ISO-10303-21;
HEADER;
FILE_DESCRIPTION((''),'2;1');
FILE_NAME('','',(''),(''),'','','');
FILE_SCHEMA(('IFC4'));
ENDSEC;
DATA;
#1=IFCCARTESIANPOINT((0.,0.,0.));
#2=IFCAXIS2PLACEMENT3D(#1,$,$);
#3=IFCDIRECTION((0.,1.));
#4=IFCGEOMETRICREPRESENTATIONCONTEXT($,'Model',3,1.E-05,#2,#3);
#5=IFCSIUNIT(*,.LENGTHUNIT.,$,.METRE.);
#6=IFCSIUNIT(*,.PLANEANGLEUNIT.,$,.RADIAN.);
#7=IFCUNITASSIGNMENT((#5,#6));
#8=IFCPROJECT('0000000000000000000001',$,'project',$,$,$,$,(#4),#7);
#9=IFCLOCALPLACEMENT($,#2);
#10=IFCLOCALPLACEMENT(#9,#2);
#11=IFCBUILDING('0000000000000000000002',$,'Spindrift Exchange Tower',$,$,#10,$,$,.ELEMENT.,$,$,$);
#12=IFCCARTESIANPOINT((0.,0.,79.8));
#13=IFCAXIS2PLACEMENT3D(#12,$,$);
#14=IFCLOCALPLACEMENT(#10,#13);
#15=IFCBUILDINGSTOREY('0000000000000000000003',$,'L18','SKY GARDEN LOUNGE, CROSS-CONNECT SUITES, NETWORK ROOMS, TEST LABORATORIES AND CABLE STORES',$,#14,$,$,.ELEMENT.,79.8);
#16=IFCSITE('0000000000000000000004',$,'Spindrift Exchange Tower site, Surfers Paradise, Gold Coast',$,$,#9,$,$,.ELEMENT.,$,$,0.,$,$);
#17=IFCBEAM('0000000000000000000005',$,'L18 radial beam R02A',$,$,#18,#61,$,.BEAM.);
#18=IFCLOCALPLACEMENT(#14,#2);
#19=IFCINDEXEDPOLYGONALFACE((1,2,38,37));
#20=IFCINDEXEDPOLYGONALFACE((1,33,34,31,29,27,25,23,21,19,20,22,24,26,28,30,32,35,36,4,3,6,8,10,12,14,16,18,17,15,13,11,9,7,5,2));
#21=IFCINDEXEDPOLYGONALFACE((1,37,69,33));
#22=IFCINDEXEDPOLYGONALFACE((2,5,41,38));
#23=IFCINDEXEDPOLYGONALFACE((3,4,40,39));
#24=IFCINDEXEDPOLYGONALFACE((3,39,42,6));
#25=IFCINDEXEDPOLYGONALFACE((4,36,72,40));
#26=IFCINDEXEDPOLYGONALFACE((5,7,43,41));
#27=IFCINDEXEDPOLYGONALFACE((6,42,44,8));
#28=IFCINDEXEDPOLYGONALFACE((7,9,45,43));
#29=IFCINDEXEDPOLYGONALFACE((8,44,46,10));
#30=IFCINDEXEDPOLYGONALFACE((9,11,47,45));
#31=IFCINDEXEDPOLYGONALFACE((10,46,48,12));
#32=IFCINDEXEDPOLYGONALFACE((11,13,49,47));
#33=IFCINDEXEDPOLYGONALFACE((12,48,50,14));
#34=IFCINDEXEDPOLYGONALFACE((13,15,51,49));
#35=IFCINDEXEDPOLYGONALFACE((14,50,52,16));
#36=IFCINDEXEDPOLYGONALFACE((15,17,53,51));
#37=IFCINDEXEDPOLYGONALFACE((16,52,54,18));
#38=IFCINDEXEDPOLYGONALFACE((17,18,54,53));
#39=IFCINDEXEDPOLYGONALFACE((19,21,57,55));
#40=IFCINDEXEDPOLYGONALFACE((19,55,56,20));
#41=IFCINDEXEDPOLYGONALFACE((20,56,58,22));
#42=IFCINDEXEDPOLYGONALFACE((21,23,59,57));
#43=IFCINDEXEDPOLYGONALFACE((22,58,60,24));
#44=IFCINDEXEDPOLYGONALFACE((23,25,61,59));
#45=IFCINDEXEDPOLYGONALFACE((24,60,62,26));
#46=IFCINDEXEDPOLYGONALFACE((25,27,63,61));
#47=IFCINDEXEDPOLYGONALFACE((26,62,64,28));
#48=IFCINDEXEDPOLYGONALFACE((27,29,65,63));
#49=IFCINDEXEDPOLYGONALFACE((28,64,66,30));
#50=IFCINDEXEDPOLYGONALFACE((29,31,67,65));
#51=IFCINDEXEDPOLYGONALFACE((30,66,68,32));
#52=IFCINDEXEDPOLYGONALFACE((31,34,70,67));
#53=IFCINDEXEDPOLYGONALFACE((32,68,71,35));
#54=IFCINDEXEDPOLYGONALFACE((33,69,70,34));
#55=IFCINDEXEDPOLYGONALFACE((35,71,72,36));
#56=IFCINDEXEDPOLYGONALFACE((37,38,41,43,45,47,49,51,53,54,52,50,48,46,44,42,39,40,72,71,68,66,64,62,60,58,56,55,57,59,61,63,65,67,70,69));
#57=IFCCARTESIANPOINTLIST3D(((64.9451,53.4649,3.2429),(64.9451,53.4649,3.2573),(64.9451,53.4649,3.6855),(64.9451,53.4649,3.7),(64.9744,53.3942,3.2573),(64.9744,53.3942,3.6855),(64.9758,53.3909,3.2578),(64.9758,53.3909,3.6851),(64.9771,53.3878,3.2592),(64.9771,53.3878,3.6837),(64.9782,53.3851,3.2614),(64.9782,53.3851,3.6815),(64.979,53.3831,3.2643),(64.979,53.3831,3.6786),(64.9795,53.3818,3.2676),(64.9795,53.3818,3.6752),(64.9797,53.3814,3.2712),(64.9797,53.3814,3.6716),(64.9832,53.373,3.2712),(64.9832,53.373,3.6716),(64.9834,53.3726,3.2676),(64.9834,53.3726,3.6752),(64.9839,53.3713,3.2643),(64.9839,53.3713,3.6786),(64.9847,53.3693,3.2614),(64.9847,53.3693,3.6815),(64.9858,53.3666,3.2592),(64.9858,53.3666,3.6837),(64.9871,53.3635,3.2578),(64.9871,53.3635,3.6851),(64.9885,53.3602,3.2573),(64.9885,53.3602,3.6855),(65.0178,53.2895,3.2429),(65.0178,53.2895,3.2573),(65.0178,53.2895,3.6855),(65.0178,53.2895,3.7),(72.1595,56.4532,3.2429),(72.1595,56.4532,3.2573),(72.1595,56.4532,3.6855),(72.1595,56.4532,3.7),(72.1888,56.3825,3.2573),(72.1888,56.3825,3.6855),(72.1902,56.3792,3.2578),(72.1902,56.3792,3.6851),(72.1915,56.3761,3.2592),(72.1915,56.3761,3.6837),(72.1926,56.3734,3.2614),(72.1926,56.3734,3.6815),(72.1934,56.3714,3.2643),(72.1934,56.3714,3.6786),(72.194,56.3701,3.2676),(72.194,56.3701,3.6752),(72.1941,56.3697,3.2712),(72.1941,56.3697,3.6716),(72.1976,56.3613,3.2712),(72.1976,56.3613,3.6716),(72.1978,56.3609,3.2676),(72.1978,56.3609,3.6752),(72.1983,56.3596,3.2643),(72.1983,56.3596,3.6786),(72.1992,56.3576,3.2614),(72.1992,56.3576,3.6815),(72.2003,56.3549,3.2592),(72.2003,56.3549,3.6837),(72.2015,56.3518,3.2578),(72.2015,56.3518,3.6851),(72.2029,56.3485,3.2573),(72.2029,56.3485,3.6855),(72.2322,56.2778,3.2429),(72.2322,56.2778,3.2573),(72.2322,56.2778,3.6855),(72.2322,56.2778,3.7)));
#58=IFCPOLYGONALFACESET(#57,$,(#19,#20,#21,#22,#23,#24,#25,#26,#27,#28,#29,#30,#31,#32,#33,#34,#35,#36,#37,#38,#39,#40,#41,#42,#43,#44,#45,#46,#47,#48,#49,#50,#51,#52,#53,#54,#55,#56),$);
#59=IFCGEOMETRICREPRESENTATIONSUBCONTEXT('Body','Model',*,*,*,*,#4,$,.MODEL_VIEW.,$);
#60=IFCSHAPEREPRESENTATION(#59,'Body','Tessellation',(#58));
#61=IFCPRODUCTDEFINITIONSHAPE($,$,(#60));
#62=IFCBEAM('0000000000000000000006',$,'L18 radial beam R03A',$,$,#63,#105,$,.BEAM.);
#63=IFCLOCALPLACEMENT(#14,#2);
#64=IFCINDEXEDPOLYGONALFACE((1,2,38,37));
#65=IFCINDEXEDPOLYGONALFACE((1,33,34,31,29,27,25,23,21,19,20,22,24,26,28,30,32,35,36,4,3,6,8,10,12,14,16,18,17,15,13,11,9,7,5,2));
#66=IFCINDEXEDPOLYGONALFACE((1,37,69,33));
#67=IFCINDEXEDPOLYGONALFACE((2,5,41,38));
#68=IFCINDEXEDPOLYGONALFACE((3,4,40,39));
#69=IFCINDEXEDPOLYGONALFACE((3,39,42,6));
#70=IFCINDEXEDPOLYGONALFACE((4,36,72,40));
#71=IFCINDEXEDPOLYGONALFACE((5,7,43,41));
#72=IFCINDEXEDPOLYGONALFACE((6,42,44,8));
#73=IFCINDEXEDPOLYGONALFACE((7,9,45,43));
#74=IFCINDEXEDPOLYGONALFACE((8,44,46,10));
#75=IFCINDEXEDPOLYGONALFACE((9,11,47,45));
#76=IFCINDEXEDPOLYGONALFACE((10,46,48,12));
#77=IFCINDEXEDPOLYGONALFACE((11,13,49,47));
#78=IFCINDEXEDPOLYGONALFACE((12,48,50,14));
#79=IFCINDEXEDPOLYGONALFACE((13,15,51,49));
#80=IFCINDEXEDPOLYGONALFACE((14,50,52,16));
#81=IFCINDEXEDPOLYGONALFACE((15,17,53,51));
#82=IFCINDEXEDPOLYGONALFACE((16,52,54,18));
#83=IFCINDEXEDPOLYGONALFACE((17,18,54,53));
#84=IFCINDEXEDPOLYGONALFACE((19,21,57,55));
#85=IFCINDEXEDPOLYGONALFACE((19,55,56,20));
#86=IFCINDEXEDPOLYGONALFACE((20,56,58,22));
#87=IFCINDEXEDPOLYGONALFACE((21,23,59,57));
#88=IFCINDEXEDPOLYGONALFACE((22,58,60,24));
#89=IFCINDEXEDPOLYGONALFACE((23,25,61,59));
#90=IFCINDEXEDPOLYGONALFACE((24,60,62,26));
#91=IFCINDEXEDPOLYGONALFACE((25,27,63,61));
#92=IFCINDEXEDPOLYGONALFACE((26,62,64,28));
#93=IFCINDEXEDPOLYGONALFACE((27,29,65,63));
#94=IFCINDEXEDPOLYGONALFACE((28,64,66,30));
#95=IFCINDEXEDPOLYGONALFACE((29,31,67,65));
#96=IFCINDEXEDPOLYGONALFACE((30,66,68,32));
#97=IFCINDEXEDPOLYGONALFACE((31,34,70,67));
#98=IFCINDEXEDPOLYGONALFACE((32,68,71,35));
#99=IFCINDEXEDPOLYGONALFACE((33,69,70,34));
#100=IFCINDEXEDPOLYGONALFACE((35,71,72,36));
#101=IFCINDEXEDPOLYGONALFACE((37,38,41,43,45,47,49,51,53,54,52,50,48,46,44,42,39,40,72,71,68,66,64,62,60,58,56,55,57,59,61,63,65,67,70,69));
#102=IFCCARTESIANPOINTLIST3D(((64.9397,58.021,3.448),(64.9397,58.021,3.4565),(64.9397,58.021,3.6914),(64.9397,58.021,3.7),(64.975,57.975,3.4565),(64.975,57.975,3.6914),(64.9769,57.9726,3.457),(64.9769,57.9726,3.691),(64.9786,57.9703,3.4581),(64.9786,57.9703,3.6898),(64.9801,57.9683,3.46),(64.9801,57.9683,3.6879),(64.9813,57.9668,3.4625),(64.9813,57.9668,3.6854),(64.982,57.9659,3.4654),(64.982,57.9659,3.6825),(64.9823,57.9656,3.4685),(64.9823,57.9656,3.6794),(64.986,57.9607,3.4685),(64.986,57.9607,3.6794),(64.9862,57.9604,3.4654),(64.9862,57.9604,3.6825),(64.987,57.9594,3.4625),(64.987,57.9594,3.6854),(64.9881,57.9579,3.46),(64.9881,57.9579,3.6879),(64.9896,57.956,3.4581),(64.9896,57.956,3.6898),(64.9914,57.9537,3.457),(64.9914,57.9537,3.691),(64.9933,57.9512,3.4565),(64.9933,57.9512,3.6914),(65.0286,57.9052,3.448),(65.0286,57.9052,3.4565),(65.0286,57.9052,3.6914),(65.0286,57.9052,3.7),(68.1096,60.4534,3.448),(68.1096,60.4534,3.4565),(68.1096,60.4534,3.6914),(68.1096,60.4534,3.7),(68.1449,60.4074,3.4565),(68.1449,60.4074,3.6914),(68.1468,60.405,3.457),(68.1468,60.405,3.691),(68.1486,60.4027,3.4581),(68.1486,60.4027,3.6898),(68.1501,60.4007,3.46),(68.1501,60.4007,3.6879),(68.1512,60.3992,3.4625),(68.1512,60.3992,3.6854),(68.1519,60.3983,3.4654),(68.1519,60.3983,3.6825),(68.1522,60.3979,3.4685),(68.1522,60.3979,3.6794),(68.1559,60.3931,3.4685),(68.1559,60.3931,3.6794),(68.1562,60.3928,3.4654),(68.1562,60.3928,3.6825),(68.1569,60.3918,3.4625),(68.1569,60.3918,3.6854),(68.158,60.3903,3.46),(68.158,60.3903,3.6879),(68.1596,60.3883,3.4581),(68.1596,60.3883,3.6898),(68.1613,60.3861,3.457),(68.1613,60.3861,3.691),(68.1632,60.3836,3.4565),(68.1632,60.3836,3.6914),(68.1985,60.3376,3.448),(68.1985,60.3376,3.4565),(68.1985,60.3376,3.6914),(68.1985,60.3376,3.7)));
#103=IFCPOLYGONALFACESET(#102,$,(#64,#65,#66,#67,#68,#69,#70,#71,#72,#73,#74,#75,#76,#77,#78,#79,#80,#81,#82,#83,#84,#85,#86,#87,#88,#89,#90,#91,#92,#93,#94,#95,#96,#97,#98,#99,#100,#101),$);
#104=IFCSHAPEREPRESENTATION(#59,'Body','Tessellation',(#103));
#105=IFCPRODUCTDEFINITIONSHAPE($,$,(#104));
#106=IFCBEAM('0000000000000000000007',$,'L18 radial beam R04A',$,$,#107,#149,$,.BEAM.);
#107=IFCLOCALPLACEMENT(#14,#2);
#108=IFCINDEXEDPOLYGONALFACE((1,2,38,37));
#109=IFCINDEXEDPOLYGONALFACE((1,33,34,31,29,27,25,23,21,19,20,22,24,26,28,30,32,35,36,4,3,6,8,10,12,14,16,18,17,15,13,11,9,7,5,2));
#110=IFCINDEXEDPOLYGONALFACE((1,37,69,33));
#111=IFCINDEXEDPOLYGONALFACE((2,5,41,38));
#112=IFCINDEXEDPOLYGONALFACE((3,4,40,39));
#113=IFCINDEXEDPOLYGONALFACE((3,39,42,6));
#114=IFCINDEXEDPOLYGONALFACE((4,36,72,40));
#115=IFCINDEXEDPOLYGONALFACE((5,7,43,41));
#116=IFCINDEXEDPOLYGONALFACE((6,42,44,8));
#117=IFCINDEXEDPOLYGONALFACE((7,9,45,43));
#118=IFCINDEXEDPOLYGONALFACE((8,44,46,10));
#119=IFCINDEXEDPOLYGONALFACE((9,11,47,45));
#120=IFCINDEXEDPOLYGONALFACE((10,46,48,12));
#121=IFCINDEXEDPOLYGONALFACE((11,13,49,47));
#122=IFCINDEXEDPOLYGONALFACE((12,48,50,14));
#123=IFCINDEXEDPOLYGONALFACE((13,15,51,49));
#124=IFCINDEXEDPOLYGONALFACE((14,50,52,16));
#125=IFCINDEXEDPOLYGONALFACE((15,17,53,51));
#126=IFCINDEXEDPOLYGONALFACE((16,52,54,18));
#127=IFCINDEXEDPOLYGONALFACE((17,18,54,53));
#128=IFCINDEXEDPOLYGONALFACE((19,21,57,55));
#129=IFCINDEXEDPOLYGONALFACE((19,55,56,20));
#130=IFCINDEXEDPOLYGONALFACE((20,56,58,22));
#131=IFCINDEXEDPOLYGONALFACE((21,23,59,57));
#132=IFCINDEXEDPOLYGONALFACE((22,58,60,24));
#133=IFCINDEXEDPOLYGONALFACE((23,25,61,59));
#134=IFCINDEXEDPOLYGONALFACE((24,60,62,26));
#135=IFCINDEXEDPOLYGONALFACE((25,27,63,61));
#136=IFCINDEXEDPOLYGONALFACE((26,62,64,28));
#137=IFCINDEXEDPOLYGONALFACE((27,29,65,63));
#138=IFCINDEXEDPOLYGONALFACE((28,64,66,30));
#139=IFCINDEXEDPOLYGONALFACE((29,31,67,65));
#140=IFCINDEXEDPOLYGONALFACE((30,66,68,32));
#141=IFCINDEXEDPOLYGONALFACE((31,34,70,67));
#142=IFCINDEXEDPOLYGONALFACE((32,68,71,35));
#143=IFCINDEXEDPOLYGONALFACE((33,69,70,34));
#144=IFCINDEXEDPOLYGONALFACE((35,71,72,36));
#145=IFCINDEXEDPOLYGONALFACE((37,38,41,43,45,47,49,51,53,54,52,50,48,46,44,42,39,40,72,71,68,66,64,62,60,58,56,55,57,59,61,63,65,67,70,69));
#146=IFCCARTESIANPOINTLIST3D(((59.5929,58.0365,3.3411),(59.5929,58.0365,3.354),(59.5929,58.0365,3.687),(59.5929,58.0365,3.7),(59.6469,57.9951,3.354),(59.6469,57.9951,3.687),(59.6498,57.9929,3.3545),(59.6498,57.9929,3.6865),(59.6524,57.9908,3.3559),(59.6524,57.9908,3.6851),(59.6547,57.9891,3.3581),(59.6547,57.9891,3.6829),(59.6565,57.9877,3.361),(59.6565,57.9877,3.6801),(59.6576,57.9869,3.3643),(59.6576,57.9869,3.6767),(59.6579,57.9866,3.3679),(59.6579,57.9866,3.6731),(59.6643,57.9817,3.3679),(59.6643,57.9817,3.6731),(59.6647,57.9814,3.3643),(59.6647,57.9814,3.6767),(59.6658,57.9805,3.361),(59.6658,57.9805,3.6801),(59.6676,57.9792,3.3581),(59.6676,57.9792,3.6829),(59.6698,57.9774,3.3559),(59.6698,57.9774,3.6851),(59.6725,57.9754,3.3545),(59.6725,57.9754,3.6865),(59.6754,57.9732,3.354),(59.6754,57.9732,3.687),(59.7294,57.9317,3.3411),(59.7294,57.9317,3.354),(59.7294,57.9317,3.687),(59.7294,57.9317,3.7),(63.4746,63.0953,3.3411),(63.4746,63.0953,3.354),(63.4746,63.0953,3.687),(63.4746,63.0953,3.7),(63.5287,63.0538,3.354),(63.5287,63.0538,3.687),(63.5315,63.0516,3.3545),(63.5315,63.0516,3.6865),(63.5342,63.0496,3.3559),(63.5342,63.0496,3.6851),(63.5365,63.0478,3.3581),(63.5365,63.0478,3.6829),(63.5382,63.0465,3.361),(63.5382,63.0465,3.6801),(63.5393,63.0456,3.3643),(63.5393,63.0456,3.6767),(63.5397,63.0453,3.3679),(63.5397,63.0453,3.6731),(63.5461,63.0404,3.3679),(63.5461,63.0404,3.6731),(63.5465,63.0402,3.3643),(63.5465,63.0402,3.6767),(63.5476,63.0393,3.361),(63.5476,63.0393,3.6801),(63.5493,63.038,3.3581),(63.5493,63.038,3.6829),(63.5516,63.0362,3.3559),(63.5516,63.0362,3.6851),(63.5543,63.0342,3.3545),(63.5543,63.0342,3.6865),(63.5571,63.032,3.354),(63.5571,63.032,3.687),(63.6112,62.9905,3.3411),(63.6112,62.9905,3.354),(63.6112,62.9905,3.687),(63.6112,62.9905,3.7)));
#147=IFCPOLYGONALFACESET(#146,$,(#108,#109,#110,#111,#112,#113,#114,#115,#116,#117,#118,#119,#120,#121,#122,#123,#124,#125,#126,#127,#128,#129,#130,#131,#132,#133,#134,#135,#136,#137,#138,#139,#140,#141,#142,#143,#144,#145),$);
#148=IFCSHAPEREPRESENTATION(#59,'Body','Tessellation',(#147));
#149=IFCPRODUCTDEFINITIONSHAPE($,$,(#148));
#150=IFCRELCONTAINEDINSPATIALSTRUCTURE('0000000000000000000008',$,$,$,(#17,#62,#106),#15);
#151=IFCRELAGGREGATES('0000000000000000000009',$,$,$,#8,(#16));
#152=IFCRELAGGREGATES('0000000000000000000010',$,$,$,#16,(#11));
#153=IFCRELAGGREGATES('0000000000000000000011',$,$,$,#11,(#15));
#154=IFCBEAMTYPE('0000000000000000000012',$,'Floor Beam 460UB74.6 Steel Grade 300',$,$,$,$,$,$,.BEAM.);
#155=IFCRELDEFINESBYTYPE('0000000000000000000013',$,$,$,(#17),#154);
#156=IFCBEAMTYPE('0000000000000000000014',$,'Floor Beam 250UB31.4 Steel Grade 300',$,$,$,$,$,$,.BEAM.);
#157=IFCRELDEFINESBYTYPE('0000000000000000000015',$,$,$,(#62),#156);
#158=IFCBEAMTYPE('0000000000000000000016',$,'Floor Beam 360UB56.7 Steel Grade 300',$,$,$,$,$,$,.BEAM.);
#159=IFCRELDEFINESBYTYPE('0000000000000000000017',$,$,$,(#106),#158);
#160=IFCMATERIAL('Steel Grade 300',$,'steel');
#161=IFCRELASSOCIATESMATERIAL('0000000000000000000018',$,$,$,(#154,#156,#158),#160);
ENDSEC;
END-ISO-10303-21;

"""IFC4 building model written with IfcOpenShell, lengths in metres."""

from ifc_helpers import new_model, si_unit, direction, frame, origin, origin_2d, place, context, subcontext, project, spatial, i_section, extrude, source, transform, mapped, material, material_profile, profile_set, type_object, element, save


model = new_model("IFC4")

# Units and contexts
model_context = context("Model", 3, precision=1e-05, world=origin(), true_north=direction((0.0, 1.0)))
body_context = subcontext(model_context, "Body", "Model", "MODEL_VIEW")
ifc_project = project(units=[si_unit("LENGTHUNIT", "METRE"), si_unit("PLANEANGLEUNIT", "RADIAN")], contexts=[model_context])

# Site, building, storey
site_placement = place(None, origin())
site = spatial("IfcSite", under=ifc_project, at=site_placement, Name="Spindrift Exchange Tower site, Surfers Paradise, Gold Coast", CompositionType="ELEMENT", RefElevation=0.0)
building_placement = place(site_placement, origin())
building = spatial("IfcBuilding", under=site, at=building_placement, Name="Spindrift Exchange Tower", CompositionType="ELEMENT")
storey_placement = place(building_placement, frame((0.0, 0.0, 79.8)))
storey = spatial("IfcBuildingStorey", under=building, at=storey_placement, Name="L18", Description="SKY GARDEN LOUNGE, CROSS-CONNECT SUITES, NETWORK ROOMS, TEST LABORATORIES AND CABLE STORES", CompositionType="ELEMENT", Elevation=79.8)

# Beams
ifc_material_1 = material(Name="Steel Grade 300", Category="steel")
ifc_material_profile_1 = material_profile(ifc_material_1, i_section(OverallWidth=0.1899, OverallDepth=0.457, WebThickness=0.009, FlangeThickness=0.0144, FilletRadius=0.0139, at=origin_2d()), Name="460UB74.6")
ifc_profile_set_1 = profile_set([ifc_material_profile_1], Name="Steel Grade 300")
beam_type_1 = type_object("IfcBeamType", Name="Floor Beam 460UB74.6 Steel Grade 300", PredefinedType="BEAM", material=ifc_profile_set_1)
shared_shape_1 = source(origin(), body_context, "Body", "SweptSolid", [
    extrude(i_section(OverallWidth=0.1899, OverallDepth=0.457, WebThickness=0.009, FlangeThickness=0.0144, FilletRadius=0.0139, at=origin_2d()), origin(), (0.0, 0.0, 1.0), 7.8088),
])
beam_1_placement = place(storey_placement, frame((64.9814, 53.3772, 3.4714), z_axis=(0.92388, 0.382683, 0.0), x_axis=(-0.382683, 0.92388, 0.0)))
element("IfcBeam", 1, at=beam_1_placement, inside=storey, type_object=beam_type_1, Name="L18 radial beam R02A", PredefinedType="BEAM", context=body_context, shape_type="MappedRepresentation", body=[
    mapped(shared_shape_1, transform((0.0, 0.0, 0.0), scale=1.0)),
])
ifc_material_profile_2 = material_profile(ifc_material_1, i_section(OverallWidth=0.146, OverallDepth=0.252, WebThickness=0.0061, FlangeThickness=0.0085, FilletRadius=0.012, at=origin_2d()), Name="250UB31.4")
ifc_profile_set_2 = profile_set([ifc_material_profile_2], Name="Steel Grade 300")
beam_type_2 = type_object("IfcBeamType", Name="Floor Beam 250UB31.4 Steel Grade 300", PredefinedType="BEAM", material=ifc_profile_set_2)
shared_shape_2 = source(origin(), body_context, "Body", "SweptSolid", [
    extrude(i_section(OverallWidth=0.146, OverallDepth=0.252, WebThickness=0.0061, FlangeThickness=0.0085, FilletRadius=0.012, at=origin_2d()), origin(), (0.0, 0.0, 1.0), 3.9956),
])
beam_2_placement = place(storey_placement, frame((64.9841, 57.9631, 3.574), z_axis=(0.793353, 0.608762, 0.0), x_axis=(-0.608762, 0.793353, 0.0)))
element("IfcBeam", 2, at=beam_2_placement, inside=storey, type_object=beam_type_2, Name="L18 radial beam R03A", PredefinedType="BEAM", context=body_context, shape_type="MappedRepresentation", body=[
    mapped(shared_shape_2, transform((0.0, 0.0, 0.0), scale=1.0)),
])
ifc_material_profile_3 = material_profile(ifc_material_1, i_section(OverallWidth=0.1721, OverallDepth=0.3589, WebThickness=0.0081, FlangeThickness=0.0129, FilletRadius=0.0139, at=origin_2d()), Name="360UB56.7")
ifc_profile_set_3 = profile_set([ifc_material_profile_3], Name="Steel Grade 300")
beam_type_3 = type_object("IfcBeamType", Name="Floor Beam 360UB56.7 Steel Grade 300", PredefinedType="BEAM", material=ifc_profile_set_3)
shared_shape_3 = source(origin(), body_context, "Body", "SweptSolid", [
    extrude(i_section(OverallWidth=0.1721, OverallDepth=0.3589, WebThickness=0.0081, FlangeThickness=0.0129, FilletRadius=0.0139, at=origin_2d()), origin(), (0.0, 0.0, 1.0), 6.3765),
])
beam_3_placement = place(storey_placement, frame((59.6611, 57.9841, 3.5205), z_axis=(0.608767, 0.793349, 0.0), x_axis=(-0.793349, 0.608767, 0.0)))
element("IfcBeam", 3, at=beam_3_placement, inside=storey, type_object=beam_type_3, Name="L18 radial beam R04A", PredefinedType="BEAM", context=body_context, shape_type="MappedRepresentation", body=[
    mapped(shared_shape_3, transform((0.0, 0.0, 0.0), scale=1.0)),
])

save(model, "model.ifc")
